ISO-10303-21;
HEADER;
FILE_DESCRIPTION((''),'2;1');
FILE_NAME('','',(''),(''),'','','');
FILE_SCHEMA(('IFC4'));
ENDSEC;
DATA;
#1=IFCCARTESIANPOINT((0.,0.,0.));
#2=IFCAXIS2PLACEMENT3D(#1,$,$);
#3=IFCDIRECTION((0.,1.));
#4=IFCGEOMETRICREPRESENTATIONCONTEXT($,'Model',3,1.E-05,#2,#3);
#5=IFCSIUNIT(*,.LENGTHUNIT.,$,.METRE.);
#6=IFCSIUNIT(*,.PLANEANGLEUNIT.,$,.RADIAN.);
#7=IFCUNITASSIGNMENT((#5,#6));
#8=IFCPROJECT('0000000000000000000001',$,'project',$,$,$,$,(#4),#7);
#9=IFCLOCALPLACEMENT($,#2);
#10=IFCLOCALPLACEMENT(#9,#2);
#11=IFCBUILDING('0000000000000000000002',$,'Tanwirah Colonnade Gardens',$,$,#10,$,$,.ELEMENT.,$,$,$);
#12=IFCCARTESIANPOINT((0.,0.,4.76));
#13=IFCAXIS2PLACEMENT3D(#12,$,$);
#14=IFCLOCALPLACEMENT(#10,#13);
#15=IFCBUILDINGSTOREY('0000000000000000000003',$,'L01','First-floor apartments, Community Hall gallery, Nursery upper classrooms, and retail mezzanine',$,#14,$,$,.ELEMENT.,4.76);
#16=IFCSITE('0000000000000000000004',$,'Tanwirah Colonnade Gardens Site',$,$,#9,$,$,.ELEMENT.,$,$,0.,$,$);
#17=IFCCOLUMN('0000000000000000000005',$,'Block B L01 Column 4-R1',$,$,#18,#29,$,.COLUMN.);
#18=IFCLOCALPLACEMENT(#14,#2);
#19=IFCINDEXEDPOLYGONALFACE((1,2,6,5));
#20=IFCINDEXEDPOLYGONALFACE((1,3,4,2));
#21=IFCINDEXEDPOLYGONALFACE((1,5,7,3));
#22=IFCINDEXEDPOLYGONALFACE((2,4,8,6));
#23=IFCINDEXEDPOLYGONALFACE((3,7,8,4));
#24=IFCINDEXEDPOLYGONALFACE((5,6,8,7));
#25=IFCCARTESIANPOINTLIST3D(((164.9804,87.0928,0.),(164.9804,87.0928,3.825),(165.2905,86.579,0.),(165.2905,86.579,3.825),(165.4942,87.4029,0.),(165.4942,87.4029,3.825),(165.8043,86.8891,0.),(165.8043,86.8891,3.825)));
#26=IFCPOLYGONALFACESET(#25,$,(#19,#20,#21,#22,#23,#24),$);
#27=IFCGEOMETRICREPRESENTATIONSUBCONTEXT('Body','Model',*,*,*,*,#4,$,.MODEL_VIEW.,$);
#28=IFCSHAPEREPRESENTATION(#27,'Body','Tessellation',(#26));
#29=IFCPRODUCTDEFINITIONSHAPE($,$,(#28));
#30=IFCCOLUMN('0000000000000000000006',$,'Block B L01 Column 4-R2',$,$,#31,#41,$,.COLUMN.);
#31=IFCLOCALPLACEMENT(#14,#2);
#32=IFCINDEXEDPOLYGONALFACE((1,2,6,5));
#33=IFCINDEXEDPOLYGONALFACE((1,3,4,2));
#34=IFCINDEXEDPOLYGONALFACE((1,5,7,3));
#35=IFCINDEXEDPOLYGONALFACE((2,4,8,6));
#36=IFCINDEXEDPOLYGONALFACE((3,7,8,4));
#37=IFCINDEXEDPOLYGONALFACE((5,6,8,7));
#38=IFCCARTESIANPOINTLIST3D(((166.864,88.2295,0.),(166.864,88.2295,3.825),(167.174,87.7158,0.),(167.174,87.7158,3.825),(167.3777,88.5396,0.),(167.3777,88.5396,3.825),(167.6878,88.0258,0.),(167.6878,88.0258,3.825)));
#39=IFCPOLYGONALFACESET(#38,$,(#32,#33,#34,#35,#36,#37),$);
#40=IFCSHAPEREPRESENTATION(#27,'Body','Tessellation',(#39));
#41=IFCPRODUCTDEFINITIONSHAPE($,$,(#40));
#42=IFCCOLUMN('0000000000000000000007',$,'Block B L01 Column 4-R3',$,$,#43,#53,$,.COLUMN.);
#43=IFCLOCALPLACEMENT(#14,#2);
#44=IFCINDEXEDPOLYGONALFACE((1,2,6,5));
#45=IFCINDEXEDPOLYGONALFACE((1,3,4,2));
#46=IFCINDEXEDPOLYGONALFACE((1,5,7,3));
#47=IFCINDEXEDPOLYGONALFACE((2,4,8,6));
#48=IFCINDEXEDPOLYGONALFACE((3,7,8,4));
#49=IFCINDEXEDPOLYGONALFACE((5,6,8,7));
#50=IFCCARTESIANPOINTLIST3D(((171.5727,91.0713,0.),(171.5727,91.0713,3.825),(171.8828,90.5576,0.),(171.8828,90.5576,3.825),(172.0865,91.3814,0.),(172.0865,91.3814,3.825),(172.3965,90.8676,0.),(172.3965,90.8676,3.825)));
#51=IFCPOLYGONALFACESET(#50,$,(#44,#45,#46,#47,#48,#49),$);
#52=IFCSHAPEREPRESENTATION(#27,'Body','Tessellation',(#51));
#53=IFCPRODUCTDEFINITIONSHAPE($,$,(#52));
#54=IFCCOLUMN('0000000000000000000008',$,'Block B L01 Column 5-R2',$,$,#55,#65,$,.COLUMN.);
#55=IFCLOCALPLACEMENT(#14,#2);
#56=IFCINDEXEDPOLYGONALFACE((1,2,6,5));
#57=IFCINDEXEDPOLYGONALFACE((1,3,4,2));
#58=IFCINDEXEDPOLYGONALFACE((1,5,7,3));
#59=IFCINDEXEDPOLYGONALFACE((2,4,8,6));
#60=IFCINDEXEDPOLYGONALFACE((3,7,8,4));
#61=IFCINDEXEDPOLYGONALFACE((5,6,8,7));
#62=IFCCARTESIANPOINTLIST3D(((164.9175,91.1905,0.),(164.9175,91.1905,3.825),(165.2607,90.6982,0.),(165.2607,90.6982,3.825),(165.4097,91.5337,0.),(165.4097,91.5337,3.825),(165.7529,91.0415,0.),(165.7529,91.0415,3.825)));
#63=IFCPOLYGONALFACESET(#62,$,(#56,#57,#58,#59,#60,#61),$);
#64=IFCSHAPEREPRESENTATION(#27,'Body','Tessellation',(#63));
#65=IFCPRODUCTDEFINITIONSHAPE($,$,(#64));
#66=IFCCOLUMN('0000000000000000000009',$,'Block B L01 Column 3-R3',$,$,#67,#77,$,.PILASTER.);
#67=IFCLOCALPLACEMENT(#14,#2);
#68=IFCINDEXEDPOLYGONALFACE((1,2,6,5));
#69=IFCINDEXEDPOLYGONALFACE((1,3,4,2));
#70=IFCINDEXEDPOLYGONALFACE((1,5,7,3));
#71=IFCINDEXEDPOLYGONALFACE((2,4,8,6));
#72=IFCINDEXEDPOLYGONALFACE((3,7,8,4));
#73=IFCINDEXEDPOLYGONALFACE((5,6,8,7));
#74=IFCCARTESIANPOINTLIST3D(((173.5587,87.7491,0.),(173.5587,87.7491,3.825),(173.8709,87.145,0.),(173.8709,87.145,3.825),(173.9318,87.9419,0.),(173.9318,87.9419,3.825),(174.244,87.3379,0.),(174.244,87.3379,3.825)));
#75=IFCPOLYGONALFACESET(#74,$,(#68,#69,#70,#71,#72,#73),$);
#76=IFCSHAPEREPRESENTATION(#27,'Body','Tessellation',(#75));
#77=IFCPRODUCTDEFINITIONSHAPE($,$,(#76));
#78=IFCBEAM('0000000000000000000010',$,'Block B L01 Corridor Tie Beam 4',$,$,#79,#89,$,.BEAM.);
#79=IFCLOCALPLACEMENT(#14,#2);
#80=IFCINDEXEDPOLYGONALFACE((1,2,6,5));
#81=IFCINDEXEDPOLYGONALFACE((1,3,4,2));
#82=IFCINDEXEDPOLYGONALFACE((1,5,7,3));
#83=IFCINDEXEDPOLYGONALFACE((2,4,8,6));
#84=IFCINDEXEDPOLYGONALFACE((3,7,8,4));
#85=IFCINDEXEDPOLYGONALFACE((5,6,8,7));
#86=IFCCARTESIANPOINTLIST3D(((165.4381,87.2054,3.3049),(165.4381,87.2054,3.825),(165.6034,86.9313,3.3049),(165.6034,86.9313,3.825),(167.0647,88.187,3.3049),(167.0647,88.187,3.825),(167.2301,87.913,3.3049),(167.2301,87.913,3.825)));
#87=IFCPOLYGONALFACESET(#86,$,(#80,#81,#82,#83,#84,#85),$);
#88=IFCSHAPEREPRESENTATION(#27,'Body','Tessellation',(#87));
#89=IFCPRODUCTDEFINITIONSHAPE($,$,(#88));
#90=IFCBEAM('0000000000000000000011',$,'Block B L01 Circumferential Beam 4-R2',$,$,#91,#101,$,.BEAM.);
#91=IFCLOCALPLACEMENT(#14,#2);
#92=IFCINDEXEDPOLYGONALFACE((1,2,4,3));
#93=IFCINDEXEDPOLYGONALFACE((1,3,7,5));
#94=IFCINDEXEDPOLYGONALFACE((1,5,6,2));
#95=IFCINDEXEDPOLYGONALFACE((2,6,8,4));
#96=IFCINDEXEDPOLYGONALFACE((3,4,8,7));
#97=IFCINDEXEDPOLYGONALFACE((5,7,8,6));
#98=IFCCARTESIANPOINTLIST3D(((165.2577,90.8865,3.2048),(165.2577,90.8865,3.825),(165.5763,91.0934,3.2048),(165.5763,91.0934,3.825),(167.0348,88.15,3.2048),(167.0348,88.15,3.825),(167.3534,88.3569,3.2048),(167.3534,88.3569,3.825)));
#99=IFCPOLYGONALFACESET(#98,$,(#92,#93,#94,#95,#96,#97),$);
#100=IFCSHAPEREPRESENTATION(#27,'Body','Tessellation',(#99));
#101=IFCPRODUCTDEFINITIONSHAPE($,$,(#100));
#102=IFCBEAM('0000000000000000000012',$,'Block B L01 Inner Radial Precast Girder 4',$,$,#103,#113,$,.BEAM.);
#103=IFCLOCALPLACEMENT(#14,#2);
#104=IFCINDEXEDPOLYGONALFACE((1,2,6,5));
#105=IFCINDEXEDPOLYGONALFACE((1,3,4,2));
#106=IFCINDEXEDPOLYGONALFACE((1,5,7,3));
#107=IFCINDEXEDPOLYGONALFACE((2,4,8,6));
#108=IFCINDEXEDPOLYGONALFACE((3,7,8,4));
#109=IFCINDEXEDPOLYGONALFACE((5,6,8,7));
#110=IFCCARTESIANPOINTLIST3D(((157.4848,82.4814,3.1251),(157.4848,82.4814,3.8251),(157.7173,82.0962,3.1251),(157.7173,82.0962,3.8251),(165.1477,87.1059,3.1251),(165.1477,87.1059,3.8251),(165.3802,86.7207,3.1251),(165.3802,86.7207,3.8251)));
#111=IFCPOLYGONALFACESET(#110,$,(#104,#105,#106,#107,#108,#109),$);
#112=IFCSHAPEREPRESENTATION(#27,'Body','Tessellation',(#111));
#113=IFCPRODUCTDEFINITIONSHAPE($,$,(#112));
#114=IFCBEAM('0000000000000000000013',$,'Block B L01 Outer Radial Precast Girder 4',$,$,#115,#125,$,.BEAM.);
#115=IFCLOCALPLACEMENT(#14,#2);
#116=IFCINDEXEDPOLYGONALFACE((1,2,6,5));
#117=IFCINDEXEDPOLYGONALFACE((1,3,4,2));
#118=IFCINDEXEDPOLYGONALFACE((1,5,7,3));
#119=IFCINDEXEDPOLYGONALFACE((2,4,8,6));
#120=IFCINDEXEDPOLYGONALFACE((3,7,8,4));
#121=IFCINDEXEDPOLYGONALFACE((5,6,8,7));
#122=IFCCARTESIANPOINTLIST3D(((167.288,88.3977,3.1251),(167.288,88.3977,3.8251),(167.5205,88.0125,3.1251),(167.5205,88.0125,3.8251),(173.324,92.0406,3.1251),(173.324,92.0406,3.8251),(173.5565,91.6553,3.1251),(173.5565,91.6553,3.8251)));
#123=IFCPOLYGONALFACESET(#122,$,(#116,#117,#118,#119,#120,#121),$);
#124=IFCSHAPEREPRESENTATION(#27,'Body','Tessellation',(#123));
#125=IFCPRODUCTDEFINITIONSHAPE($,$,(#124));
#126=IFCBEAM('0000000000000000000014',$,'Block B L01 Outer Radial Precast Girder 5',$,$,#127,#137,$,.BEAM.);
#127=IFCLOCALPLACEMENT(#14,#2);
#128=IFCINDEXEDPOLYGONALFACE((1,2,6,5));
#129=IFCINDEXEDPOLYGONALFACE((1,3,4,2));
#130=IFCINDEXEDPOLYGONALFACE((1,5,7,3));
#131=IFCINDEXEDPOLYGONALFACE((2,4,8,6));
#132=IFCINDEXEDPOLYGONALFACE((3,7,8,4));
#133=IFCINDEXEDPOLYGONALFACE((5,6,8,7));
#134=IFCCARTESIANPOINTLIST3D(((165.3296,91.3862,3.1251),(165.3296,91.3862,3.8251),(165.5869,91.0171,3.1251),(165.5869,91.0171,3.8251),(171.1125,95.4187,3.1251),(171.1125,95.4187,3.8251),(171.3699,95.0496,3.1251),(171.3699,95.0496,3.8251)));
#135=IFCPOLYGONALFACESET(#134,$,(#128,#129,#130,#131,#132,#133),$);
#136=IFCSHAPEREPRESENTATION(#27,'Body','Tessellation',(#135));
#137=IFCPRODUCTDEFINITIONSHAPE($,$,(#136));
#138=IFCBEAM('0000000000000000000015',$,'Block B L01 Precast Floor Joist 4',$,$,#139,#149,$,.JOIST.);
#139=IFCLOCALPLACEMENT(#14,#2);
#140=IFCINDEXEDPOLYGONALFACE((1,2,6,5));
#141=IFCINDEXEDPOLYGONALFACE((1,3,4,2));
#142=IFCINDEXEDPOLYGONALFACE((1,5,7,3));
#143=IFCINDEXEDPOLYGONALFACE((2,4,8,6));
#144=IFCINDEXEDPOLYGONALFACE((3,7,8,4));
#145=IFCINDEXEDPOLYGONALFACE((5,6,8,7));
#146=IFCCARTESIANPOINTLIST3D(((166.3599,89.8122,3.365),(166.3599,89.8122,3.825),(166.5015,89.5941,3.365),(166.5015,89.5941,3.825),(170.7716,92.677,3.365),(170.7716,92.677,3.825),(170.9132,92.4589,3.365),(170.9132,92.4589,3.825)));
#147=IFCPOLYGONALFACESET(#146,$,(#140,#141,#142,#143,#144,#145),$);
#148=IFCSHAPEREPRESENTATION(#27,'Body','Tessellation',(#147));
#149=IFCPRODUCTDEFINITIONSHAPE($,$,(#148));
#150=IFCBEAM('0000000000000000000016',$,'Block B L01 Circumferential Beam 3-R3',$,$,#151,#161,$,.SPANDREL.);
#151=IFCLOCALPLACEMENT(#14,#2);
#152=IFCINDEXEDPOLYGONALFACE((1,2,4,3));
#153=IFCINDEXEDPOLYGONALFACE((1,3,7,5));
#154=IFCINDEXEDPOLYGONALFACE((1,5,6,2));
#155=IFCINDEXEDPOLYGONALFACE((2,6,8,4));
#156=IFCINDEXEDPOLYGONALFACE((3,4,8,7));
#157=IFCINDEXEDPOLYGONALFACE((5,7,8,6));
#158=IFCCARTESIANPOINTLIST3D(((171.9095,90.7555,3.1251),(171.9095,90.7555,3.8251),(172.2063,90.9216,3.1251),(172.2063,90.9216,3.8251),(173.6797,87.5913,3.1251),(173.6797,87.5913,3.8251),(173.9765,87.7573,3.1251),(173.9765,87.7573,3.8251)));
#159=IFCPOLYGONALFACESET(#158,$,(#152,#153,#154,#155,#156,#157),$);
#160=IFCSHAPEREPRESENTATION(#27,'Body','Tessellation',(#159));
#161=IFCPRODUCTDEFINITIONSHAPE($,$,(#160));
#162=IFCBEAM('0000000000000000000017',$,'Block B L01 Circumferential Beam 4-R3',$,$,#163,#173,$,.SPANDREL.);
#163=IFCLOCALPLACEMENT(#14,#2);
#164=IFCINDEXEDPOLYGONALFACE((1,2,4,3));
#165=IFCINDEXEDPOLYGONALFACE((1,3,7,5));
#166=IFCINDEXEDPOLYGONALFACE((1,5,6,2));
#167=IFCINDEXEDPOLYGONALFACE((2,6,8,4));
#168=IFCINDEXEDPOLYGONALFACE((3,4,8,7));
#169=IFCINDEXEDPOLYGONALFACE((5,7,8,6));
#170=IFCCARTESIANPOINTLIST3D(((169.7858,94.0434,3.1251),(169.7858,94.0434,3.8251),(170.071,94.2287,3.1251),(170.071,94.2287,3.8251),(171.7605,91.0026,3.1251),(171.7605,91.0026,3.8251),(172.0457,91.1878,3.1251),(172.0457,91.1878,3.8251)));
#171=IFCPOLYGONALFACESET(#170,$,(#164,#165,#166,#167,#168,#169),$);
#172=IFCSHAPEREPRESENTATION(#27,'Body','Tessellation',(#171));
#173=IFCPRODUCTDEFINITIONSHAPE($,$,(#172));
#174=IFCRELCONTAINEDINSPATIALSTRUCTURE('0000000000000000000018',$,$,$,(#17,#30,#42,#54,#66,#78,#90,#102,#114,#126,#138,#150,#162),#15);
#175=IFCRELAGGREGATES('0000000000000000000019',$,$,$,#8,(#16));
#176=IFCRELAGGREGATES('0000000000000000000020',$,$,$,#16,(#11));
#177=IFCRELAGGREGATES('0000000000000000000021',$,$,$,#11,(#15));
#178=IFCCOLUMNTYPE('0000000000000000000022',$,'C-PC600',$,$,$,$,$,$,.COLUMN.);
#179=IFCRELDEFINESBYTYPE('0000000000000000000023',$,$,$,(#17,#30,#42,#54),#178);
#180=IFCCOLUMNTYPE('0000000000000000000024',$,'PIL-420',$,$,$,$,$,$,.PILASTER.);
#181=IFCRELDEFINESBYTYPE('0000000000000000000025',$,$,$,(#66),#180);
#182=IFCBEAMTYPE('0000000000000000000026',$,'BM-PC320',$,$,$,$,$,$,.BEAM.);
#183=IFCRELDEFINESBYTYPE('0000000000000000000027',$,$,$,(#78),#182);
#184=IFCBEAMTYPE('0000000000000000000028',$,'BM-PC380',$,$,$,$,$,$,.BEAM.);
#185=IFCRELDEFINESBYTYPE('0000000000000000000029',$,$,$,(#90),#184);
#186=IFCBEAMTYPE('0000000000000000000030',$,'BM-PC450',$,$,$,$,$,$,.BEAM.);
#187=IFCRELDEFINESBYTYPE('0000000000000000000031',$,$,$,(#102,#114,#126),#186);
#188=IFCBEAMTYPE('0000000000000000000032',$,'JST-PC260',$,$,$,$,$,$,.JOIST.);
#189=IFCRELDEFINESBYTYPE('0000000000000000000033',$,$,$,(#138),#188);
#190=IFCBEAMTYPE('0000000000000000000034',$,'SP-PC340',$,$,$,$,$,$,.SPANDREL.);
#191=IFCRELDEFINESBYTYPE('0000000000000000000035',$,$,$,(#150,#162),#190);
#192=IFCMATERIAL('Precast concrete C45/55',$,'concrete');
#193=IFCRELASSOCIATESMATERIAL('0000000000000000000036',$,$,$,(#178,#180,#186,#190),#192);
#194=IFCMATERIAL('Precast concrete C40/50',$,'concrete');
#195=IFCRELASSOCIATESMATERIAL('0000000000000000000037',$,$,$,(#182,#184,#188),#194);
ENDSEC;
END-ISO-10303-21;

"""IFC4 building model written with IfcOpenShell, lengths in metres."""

from ifc_helpers import new_model, si_unit, direction, frame, origin, origin_2d, place, context, subcontext, project, spatial, rectangle, extrude, material, material_profile, profile_set, type_object, element, save


model = new_model("IFC4")

# Units and contexts
model_context = context("Model", 3, precision=1e-05, world=origin(), true_north=direction((0.0, 1.0)))
body_context = subcontext(model_context, "Body", "Model", "MODEL_VIEW")
ifc_project = project(units=[si_unit("LENGTHUNIT", "METRE"), si_unit("PLANEANGLEUNIT", "RADIAN")], contexts=[model_context])

# Site, building, storey
site_placement = place(None, origin())
site = spatial("IfcSite", under=ifc_project, at=site_placement, Name="Tanwirah Colonnade Gardens Site", CompositionType="ELEMENT", RefElevation=0.0)
building_placement = place(site_placement, origin())
building = spatial("IfcBuilding", under=site, at=building_placement, Name="Tanwirah Colonnade Gardens", CompositionType="ELEMENT")
storey_placement = place(building_placement, frame((0.0, 0.0, 4.76)))
storey = spatial("IfcBuildingStorey", under=building, at=storey_placement, Name="L01", Description="First-floor apartments, Community Hall gallery, Nursery upper classrooms, and retail mezzanine", CompositionType="ELEMENT", Elevation=4.76)

# Columns
ifc_material_1 = material(Name="Precast concrete C45/55", Category="concrete")
ifc_material_profile_1 = material_profile(ifc_material_1, rectangle(XDim=0.6001, YDim=0.6001, at=origin_2d()), Name="PC-COL 600x600")
ifc_profile_set_1 = profile_set([ifc_material_profile_1], Name="Precast concrete C45/55")
column_type_1 = type_object("IfcColumnType", Name="C-PC600", PredefinedType="COLUMN", material=ifc_profile_set_1)
for number, where, z_axis, x_axis, name in (
    (1, (165.3923, 86.991, 0.0), (0.0, 0.0, 1.0), (0.856167, 0.516699, 0.0), "Block B L01 Column 4-R1"),
    (2, (167.2759, 88.1277, 0.0), (0.0, 0.0, 1.0), (0.856167, 0.516699, 0.0), "Block B L01 Column 4-R2"),
    (3, (171.9846, 90.9695, 0.0), (0.0, 0.0, 1.0), (0.856167, 0.516699, 0.0), "Block B L01 Column 4-R3"),
    (4, (165.3352, 91.116, 0.0), (0.0, 0.0, 1.0), (0.820263, 0.571987, 0.0), "Block B L01 Column 5-R2"),
):
    element("IfcColumn", number, at=place(storey_placement, frame(where, z_axis=z_axis, x_axis=x_axis)), inside=storey, type_object=column_type_1, Name=name, PredefinedType="COLUMN", context=body_context, shape_type="SweptSolid", body=[
        extrude(rectangle(XDim=0.6001, YDim=0.6001, at=origin_2d()), origin(), (0.0, 0.0, 1.0), 3.825),
    ])
ifc_material_profile_2 = material_profile(ifc_material_1, rectangle(XDim=0.4199, YDim=0.6799, at=origin_2d()), Name="PC-PIL 420x680")
ifc_profile_set_2 = profile_set([ifc_material_profile_2], Name="Precast concrete C45/55")
column_type_2 = type_object("IfcColumnType", Name="PIL-420", PredefinedType="PILASTER", material=ifc_profile_set_2)
column_placement = place(storey_placement, frame((173.9014, 87.5435, 0.0), z_axis=(0.0, 0.0, 1.0), x_axis=(0.88835, 0.459166, 0.0)))
element("IfcColumn", 5, at=column_placement, inside=storey, type_object=column_type_2, Name="Block B L01 Column 3-R3", PredefinedType="PILASTER", context=body_context, shape_type="SweptSolid", body=[
    extrude(rectangle(XDim=0.4199, YDim=0.6799, at=origin_2d()), origin(), (0.0, 0.0, 1.0), 3.825),
])

# Beams
ifc_material_2 = material(Name="Precast concrete C40/50", Category="concrete")
ifc_material_profile_3 = material_profile(ifc_material_2, rectangle(XDim=0.3201, YDim=0.52, at=origin_2d()), Name="PC-BM 320x520")
ifc_profile_set_3 = profile_set([ifc_material_profile_3], Name="Precast concrete C40/50")
beam_type_1 = type_object("IfcBeamType", Name="BM-PC320", PredefinedType="BEAM", material=ifc_profile_set_3)
beam_1_placement = place(storey_placement, frame((165.5208, 87.0684, 3.5649), z_axis=(0.856175, 0.516686, 0.0), x_axis=(-0.516686, 0.856175, 0.0)))
element("IfcBeam", 6, at=beam_1_placement, inside=storey, type_object=beam_type_1, Name="Block B L01 Corridor Tie Beam 4", PredefinedType="BEAM", context=body_context, shape_type="SweptSolid", body=[
    extrude(rectangle(XDim=0.3201, YDim=0.52, at=origin_2d()), origin(), (0.0, 0.0, 1.0), 1.8999),
])
ifc_material_profile_4 = material_profile(ifc_material_2, rectangle(XDim=0.3799, YDim=0.6201, at=origin_2d()), Name="PC-BM 380x620")
ifc_profile_set_4 = profile_set([ifc_material_profile_4], Name="Precast concrete C40/50")
beam_type_2 = type_object("IfcBeamType", Name="BM-PC380", PredefinedType="BEAM", material=ifc_profile_set_4)
beam_2_placement = place(storey_placement, frame((167.1941, 88.2534, 3.5149), z_axis=(-0.544628, 0.838678, 0.0), x_axis=(-0.838678, -0.544628, 0.0)))
element("IfcBeam", 7, at=beam_2_placement, inside=storey, type_object=beam_type_2, Name="Block B L01 Circumferential Beam 4-R2", PredefinedType="BEAM", context=body_context, shape_type="SweptSolid", body=[
    extrude(rectangle(XDim=0.3799, YDim=0.6201, at=origin_2d()), origin(), (0.0, 0.0, 1.0), 3.2629),
])
ifc_material_profile_5 = material_profile(ifc_material_1, rectangle(XDim=0.45, YDim=0.7, at=origin_2d()), Name="PC-BM 450x700")
ifc_profile_set_5 = profile_set([ifc_material_profile_5], Name="Precast concrete C45/55")
beam_type_3 = type_object("IfcBeamType", Name="BM-PC450", PredefinedType="BEAM", material=ifc_profile_set_5)
beam_3_placement = place(storey_placement, frame((165.2639, 86.9133, 3.4751), z_axis=(-0.856169, -0.516696, 0.0), x_axis=(0.516696, -0.856169, 0.0)))
element("IfcBeam", 8, at=beam_3_placement, inside=storey, type_object=beam_type_3, Name="Block B L01 Inner Radial Precast Girder 4", PredefinedType="BEAM", context=body_context, shape_type="SweptSolid", body=[
    extrude(rectangle(XDim=0.45, YDim=0.7, at=origin_2d()), origin(), (0.0, 0.0, 1.0), 8.9502),
])
for number, where, z_axis, x_axis, name in (
    (9, (167.4043, 88.2051, 3.4751), (0.856158, 0.516714, 0.0), (-0.516714, 0.856158, 0.0), "Block B L01 Outer Radial Precast Girder 4"),
    (10, (165.4583, 91.2017, 3.4751), (0.82027, 0.571976, 0.0), (-0.571976, 0.82027, 0.0), "Block B L01 Outer Radial Precast Girder 5"),
):
    element("IfcBeam", number, at=place(storey_placement, frame(where, z_axis=z_axis, x_axis=x_axis)), inside=storey, type_object=beam_type_3, Name=name, PredefinedType="BEAM", context=body_context, shape_type="SweptSolid", body=[
        extrude(rectangle(XDim=0.45, YDim=0.7, at=origin_2d()), origin(), (0.0, 0.0, 1.0), 7.05),
    ])
ifc_material_profile_6 = material_profile(ifc_material_2, rectangle(XDim=0.26, YDim=0.46, at=origin_2d()), Name="PC-JST 260x460")
ifc_profile_set_6 = profile_set([ifc_material_profile_6], Name="Precast concrete C40/50")
beam_type_4 = type_object("IfcBeamType", Name="JST-PC260", PredefinedType="JOIST", material=ifc_profile_set_6)
beam_4_placement = place(storey_placement, frame((166.4307, 89.7031, 3.595), z_axis=(0.838687, 0.544613, 0.0), x_axis=(-0.544613, 0.838687, 0.0)))
element("IfcBeam", 11, at=beam_4_placement, inside=storey, type_object=beam_type_4, Name="Block B L01 Precast Floor Joist 4", PredefinedType="JOIST", context=body_context, shape_type="SweptSolid", body=[
    extrude(rectangle(XDim=0.26, YDim=0.46, at=origin_2d()), origin(), (0.0, 0.0, 1.0), 5.2603),
])
ifc_material_profile_7 = material_profile(ifc_material_1, rectangle(XDim=0.3401, YDim=0.7, at=origin_2d()), Name="PC-SP 340x700")
ifc_profile_set_7 = profile_set([ifc_material_profile_7], Name="Precast concrete C45/55")
beam_type_5 = type_object("IfcBeamType", Name="SP-PC340", PredefinedType="SPANDREL", material=ifc_profile_set_7)
for number, where, z_axis, x_axis, name in (
    (12, (173.8281, 87.6743, 3.4751), (-0.488236, 0.872711, 0.0), (-0.872711, -0.488236, 0.0), "Block B L01 Circumferential Beam 3-R3"),
    (13, (171.9031, 91.0952, 3.4751), (-0.544621, 0.838682, 0.0), (-0.838682, -0.544621, 0.0), "Block B L01 Circumferential Beam 4-R3"),
):
    element("IfcBeam", number, at=place(storey_placement, frame(where, z_axis=z_axis, x_axis=x_axis)), inside=storey, type_object=beam_type_5, Name=name, PredefinedType="SPANDREL", context=body_context, shape_type="SweptSolid", body=[
        extrude(rectangle(XDim=0.3401, YDim=0.7, at=origin_2d()), origin(), (0.0, 0.0, 1.0), 3.6257),
    ])

save(model, "model.ifc")
